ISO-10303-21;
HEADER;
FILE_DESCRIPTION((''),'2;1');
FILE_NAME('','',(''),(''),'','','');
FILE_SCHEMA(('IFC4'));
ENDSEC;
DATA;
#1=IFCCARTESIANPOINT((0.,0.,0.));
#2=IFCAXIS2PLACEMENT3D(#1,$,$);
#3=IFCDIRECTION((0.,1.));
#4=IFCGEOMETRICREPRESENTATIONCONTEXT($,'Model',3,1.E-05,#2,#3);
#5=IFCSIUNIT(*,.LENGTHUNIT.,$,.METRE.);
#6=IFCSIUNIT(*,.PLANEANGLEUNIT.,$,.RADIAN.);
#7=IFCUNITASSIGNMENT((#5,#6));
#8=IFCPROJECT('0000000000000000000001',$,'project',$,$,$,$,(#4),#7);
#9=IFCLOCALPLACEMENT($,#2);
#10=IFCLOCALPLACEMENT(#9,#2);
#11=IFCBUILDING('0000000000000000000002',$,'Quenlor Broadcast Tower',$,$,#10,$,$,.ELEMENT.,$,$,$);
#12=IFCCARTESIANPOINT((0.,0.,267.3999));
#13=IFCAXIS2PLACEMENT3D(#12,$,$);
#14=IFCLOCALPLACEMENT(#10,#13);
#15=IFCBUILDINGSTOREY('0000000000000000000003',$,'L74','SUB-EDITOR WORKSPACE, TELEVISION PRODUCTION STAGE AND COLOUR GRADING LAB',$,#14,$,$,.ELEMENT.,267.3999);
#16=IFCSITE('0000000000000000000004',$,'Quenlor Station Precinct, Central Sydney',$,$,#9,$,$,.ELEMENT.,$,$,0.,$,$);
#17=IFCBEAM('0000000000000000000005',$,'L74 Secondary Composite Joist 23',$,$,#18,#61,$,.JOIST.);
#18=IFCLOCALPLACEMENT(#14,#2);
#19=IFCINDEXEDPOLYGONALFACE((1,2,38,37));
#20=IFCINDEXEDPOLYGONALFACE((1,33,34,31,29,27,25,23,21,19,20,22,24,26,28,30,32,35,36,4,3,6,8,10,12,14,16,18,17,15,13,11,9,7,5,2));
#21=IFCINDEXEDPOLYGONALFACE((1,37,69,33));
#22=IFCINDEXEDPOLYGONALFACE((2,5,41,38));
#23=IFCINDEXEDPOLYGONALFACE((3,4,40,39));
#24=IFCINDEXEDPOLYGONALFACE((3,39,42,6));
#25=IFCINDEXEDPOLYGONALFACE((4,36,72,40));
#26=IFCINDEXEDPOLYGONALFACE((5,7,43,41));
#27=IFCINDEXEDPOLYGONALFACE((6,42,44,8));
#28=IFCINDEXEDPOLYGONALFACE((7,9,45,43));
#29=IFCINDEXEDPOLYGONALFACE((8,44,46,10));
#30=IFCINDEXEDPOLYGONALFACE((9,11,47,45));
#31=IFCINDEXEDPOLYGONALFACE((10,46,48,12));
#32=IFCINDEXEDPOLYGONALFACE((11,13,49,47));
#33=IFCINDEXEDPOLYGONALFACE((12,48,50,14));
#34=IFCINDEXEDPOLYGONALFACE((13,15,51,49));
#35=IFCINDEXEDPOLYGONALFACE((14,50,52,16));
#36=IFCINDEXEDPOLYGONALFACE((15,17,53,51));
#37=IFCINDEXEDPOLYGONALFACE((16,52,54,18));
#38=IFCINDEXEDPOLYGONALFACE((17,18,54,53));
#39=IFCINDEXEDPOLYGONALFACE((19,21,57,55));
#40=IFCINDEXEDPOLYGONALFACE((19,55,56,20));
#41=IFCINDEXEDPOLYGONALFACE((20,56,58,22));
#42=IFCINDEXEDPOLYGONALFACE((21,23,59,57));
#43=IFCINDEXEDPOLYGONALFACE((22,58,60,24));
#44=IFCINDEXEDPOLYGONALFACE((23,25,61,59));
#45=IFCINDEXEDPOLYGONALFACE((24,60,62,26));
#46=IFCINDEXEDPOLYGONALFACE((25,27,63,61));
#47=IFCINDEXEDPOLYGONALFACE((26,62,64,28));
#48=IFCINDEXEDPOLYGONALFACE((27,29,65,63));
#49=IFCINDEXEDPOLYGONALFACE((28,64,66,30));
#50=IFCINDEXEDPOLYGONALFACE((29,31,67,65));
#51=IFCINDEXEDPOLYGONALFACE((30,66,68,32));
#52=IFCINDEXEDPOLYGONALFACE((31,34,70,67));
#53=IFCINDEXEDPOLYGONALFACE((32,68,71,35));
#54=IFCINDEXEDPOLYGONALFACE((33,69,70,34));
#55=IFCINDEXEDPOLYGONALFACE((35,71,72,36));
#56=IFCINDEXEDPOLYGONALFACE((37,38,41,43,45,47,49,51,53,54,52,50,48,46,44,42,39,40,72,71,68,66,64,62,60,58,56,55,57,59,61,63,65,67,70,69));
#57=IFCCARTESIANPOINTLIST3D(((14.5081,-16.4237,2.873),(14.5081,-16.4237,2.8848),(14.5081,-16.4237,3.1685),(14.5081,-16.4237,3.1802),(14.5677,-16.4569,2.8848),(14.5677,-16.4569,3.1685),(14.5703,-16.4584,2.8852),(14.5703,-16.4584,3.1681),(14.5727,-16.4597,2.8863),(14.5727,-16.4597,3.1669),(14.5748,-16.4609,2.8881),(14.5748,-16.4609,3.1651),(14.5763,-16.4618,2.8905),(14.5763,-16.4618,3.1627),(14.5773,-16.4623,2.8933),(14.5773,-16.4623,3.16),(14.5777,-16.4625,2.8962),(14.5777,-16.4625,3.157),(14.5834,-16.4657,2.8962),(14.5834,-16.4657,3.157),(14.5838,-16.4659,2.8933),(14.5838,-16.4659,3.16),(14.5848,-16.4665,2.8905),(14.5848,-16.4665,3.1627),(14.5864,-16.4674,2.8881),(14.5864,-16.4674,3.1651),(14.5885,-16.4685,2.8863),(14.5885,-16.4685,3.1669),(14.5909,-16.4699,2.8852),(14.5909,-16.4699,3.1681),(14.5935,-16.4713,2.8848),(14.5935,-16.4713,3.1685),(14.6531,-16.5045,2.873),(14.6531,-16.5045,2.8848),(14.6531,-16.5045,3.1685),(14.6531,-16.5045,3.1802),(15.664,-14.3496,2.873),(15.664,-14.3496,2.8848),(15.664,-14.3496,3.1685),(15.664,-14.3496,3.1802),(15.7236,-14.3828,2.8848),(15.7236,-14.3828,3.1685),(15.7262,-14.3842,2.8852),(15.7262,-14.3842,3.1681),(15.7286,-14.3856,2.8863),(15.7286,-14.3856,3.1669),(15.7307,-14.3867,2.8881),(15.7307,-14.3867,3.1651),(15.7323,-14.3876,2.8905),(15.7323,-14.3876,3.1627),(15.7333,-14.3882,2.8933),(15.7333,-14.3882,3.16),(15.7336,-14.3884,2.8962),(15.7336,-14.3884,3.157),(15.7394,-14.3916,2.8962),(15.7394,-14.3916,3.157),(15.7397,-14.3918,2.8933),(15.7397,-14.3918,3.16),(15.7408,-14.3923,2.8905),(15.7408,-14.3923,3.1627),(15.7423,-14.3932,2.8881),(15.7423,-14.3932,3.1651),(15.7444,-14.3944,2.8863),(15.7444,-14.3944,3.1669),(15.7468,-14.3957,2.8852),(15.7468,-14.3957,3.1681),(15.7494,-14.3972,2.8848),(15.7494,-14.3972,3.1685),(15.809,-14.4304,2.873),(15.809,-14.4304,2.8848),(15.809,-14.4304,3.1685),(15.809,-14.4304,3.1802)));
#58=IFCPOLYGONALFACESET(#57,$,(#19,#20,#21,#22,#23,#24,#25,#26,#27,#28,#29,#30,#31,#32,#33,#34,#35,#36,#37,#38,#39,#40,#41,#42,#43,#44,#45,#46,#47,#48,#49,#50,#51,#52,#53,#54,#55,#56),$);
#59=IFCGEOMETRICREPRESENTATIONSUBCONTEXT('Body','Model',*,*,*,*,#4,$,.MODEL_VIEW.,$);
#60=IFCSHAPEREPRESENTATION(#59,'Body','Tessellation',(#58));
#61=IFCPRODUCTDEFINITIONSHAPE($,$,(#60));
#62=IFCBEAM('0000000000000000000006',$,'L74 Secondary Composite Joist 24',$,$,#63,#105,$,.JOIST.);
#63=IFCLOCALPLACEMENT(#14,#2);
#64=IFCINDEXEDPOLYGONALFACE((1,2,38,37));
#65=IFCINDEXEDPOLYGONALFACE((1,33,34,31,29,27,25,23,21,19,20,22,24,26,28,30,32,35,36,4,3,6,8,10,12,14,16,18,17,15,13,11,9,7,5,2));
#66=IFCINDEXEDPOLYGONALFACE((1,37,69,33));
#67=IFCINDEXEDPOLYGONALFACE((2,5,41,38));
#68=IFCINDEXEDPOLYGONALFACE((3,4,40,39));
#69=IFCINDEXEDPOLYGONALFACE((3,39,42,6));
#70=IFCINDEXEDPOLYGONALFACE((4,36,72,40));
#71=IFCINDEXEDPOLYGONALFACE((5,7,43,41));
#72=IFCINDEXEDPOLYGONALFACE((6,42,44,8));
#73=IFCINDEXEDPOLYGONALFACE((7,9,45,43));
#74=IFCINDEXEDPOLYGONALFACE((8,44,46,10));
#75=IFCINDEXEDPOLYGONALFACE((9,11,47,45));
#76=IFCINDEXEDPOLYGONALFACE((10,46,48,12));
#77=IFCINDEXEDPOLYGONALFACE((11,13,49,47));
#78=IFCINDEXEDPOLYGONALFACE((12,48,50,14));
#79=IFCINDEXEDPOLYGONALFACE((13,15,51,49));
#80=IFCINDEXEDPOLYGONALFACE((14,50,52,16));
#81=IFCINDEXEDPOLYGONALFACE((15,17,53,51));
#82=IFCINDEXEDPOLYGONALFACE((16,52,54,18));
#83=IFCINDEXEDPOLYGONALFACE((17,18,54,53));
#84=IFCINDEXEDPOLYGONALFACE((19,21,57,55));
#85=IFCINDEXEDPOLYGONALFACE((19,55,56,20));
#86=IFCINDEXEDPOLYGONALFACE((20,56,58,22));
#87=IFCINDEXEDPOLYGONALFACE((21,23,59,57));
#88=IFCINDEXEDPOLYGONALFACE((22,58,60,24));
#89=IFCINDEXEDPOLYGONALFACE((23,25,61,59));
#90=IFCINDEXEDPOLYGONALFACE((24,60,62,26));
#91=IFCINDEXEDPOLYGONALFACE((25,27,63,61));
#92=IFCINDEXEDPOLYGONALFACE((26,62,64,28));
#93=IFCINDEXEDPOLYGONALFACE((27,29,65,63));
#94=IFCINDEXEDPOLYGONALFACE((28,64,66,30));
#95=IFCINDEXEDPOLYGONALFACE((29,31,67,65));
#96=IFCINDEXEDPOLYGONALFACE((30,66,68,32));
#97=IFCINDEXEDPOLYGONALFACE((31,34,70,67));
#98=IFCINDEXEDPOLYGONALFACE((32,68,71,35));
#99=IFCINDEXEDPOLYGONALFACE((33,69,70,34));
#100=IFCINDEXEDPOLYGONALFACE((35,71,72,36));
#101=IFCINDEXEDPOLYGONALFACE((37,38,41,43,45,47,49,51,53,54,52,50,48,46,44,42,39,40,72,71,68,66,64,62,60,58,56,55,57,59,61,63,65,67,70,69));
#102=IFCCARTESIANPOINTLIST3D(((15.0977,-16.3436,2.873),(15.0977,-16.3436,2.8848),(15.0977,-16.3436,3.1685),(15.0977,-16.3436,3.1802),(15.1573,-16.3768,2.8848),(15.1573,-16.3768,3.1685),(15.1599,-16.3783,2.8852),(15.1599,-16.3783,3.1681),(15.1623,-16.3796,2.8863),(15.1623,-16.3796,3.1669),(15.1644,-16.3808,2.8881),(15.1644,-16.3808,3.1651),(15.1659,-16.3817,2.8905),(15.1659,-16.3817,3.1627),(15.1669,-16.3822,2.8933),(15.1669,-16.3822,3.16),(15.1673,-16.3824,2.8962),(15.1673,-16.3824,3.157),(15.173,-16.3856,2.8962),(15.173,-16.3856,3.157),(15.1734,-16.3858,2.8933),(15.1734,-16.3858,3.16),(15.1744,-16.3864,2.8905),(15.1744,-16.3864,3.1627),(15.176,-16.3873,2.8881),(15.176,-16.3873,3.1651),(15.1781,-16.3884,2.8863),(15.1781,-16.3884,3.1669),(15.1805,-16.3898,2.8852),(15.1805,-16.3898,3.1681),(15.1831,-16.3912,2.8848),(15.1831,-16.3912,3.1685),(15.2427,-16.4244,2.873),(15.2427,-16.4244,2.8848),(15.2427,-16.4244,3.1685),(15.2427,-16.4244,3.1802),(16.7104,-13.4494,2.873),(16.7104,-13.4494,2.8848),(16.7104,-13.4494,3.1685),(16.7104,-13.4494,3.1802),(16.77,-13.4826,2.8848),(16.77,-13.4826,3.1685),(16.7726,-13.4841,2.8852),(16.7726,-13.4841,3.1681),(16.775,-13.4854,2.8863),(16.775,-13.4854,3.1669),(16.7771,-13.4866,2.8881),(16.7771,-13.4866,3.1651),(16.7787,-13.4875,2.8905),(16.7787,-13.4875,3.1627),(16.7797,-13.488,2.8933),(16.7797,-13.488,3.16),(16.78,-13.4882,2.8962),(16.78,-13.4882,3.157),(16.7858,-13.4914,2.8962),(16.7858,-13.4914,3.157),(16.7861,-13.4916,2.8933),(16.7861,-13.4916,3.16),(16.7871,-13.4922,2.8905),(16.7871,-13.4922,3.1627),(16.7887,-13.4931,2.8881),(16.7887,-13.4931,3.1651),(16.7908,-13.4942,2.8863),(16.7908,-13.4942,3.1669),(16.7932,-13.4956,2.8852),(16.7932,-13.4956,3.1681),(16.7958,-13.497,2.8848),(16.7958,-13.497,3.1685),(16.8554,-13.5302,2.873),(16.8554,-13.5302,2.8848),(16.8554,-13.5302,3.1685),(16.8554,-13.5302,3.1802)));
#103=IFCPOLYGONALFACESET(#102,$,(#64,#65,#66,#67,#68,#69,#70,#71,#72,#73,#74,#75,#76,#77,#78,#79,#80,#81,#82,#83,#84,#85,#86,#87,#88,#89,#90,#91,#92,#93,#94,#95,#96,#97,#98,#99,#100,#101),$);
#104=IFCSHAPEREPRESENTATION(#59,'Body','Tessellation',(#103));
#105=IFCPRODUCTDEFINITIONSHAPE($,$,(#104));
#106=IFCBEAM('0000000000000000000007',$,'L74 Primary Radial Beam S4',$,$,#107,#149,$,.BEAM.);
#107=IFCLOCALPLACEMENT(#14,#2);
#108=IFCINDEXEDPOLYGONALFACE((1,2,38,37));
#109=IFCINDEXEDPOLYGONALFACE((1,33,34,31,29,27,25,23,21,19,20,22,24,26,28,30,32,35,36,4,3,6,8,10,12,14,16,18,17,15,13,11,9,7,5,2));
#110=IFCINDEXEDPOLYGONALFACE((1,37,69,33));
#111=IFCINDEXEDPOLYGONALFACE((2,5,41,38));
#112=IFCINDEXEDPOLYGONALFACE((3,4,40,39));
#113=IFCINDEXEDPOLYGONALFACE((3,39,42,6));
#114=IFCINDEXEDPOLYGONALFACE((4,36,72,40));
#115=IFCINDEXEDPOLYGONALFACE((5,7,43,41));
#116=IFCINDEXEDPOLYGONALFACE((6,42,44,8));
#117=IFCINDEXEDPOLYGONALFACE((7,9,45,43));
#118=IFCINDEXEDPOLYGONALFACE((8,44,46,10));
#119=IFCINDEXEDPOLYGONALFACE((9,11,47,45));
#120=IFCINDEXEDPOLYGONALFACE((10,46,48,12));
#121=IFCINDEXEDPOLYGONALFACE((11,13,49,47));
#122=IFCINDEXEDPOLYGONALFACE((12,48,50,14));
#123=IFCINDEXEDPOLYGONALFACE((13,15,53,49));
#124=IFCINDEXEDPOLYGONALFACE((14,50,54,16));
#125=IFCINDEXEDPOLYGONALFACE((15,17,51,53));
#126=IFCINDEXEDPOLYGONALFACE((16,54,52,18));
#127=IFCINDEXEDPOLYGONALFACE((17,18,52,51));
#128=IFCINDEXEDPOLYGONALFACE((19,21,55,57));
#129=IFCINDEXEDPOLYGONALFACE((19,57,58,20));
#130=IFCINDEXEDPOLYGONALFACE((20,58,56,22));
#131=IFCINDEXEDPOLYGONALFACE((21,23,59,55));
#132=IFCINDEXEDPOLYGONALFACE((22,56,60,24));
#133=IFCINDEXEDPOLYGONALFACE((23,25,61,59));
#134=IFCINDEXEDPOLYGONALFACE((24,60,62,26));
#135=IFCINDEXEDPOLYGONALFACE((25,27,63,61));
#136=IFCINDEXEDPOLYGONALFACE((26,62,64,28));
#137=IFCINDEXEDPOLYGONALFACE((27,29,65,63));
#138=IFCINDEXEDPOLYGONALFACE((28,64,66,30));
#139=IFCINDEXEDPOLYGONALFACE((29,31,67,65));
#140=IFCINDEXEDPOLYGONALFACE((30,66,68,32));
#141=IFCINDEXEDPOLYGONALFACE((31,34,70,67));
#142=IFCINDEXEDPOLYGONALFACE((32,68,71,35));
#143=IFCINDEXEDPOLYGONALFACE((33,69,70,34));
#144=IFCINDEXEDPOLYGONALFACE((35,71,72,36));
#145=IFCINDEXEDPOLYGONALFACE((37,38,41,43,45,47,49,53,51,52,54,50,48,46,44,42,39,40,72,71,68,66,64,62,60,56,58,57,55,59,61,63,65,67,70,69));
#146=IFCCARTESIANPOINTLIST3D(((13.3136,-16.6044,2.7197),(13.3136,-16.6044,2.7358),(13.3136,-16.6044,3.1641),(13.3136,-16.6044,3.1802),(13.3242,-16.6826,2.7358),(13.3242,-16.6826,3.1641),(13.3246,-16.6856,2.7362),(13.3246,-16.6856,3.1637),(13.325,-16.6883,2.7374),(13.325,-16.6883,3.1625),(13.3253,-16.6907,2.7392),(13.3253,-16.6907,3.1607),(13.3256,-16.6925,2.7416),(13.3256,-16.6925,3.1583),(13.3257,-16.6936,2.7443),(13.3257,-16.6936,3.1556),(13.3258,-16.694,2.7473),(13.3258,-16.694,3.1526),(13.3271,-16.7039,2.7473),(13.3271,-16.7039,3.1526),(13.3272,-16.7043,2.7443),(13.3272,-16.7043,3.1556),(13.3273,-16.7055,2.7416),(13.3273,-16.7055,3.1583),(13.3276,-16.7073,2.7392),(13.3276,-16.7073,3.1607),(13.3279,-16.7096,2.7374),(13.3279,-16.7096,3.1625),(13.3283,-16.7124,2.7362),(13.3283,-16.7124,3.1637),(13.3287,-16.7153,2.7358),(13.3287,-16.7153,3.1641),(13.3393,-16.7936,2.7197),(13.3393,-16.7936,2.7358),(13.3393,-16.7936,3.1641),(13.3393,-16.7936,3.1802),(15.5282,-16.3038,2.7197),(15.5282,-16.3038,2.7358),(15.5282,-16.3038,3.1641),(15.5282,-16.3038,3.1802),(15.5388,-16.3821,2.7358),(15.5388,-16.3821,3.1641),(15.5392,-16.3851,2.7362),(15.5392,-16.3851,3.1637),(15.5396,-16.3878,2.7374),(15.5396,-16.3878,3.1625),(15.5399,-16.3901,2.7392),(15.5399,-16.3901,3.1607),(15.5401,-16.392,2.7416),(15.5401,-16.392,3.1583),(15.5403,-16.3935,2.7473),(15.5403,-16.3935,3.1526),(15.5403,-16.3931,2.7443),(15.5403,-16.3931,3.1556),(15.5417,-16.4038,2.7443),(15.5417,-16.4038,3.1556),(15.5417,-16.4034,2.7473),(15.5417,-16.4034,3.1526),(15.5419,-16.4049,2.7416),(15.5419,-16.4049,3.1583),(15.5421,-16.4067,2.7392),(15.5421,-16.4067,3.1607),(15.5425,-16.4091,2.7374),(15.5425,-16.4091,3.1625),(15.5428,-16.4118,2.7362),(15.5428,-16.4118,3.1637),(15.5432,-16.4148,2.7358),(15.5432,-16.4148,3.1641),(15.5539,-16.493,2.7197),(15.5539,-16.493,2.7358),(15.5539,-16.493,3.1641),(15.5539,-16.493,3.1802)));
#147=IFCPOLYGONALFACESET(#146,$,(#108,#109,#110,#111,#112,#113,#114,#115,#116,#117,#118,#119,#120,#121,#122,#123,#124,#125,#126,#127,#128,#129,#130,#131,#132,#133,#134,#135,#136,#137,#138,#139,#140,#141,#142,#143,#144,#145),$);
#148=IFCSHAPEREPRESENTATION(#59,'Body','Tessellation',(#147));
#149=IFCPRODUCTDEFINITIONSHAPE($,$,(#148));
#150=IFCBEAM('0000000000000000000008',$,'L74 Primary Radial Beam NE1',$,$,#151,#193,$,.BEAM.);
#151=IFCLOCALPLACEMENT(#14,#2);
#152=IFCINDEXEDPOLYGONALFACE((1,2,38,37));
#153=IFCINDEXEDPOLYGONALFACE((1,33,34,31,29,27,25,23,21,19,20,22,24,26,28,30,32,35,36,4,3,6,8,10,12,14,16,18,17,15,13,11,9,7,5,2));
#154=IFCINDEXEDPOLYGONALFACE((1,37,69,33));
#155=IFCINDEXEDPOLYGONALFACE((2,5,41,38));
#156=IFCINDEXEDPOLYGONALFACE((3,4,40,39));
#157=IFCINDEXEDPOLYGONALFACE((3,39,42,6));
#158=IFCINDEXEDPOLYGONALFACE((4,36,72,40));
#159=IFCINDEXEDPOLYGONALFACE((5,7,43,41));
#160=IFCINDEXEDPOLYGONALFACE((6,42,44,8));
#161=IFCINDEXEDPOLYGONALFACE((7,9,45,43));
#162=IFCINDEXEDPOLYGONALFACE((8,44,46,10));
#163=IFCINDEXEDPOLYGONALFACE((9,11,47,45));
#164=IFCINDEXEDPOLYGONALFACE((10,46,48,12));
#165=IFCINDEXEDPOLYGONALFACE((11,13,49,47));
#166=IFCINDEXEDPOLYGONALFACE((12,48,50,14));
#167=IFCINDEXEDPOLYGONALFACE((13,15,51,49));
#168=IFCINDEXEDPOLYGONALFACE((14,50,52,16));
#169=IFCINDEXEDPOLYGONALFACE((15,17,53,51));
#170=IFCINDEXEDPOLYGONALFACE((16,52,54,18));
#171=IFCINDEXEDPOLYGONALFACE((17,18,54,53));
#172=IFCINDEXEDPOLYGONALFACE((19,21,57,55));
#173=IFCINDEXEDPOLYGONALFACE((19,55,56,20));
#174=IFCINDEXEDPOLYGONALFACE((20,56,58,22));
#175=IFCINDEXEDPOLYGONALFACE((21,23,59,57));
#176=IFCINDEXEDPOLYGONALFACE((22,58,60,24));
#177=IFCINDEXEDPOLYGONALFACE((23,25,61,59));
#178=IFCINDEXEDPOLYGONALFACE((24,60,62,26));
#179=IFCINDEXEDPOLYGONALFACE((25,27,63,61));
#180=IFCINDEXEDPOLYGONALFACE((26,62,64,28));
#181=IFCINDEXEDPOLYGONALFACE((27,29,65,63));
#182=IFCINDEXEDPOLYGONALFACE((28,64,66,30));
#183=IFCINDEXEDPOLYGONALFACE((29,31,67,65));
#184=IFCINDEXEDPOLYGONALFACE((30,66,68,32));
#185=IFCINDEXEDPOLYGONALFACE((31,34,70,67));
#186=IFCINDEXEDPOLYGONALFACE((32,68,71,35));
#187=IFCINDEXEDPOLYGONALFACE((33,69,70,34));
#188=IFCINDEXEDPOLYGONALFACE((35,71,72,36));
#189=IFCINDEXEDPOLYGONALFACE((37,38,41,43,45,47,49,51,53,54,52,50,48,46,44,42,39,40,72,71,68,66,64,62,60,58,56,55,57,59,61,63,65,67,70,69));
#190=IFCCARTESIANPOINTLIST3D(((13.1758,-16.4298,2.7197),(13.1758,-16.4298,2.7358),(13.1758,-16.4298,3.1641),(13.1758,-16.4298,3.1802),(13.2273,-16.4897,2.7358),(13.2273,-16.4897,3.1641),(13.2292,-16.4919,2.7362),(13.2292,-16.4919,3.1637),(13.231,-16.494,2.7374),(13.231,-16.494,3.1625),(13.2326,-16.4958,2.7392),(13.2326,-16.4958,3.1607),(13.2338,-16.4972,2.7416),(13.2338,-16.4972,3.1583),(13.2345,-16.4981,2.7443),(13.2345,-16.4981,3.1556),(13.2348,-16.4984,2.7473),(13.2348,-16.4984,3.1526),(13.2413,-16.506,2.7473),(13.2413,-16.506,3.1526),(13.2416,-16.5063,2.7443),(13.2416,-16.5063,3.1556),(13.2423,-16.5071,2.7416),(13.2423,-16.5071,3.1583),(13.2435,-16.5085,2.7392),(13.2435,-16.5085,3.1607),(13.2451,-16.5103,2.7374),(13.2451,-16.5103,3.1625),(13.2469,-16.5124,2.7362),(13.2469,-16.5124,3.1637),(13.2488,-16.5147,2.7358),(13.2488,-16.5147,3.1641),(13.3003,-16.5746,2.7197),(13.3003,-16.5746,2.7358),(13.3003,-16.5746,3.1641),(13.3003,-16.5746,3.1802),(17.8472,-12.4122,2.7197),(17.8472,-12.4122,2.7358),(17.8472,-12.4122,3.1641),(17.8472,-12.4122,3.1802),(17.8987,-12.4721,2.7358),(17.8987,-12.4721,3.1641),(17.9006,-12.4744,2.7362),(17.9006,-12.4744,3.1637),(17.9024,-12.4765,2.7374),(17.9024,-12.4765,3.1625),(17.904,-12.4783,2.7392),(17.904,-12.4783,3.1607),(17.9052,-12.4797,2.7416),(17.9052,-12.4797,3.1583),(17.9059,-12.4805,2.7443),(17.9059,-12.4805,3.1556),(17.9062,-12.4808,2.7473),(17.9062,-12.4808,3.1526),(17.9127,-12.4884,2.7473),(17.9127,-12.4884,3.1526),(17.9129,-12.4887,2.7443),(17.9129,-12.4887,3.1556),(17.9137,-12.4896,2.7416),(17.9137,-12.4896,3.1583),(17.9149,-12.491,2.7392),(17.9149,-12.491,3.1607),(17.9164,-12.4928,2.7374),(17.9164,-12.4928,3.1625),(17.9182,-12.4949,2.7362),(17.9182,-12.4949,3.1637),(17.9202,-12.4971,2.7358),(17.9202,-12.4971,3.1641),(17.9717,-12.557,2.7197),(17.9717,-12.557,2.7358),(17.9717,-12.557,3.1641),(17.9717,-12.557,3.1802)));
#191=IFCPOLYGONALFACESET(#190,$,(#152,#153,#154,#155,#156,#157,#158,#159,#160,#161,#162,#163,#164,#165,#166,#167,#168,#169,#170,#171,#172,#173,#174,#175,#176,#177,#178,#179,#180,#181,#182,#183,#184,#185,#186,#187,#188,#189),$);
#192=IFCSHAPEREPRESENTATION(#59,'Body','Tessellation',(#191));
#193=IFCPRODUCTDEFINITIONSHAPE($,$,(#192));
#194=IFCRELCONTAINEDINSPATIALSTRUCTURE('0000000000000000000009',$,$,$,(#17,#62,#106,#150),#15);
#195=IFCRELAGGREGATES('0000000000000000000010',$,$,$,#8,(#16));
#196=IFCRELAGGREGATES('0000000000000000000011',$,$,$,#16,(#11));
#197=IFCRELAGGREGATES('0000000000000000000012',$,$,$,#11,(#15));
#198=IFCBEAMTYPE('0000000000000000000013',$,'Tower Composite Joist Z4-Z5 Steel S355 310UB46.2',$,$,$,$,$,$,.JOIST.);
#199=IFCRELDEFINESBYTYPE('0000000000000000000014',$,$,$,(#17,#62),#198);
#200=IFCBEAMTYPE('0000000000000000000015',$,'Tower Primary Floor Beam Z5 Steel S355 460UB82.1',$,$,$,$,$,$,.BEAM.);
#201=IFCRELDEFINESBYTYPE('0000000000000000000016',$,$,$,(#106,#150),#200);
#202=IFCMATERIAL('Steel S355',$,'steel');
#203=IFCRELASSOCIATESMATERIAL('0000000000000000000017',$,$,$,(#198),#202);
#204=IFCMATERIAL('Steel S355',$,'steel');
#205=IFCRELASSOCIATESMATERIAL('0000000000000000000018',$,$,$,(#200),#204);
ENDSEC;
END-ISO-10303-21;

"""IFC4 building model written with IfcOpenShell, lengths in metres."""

from ifc_helpers import new_model, si_unit, direction, frame, origin, origin_2d, place, context, subcontext, project, spatial, i_section, extrude, material, material_profile, profile_set, type_object, element, save


model = new_model("IFC4")

# Units and contexts
model_context = context("Model", 3, precision=1e-05, world=origin(), true_north=direction((0.0, 1.0)))
body_context = subcontext(model_context, "Body", "Model", "MODEL_VIEW")
ifc_project = project(units=[si_unit("LENGTHUNIT", "METRE"), si_unit("PLANEANGLEUNIT", "RADIAN")], contexts=[model_context])

# Site, building, storey
site_placement = place(None, origin())
site = spatial("IfcSite", under=ifc_project, at=site_placement, Name="Quenlor Station Precinct, Central Sydney", CompositionType="ELEMENT", RefElevation=0.0)
building_placement = place(site_placement, origin())
building = spatial("IfcBuilding", under=site, at=building_placement, Name="Quenlor Broadcast Tower", CompositionType="ELEMENT")
storey_placement = place(building_placement, frame((0.0, 0.0, 267.3999)))
storey = spatial("IfcBuildingStorey", under=building, at=storey_placement, Name="L74", Description="SUB-EDITOR WORKSPACE, TELEVISION PRODUCTION STAGE AND COLOUR GRADING LAB", CompositionType="ELEMENT", Elevation=267.3999)

# Beams
ifc_material_1 = material(Name="Steel S355", Category="steel")
ifc_material_profile_1 = material_profile(ifc_material_1, i_section(OverallWidth=0.166, OverallDepth=0.3071, WebThickness=0.0066, FlangeThickness=0.0117, FilletRadius=0.0115, at=origin_2d()))
ifc_profile_set_1 = profile_set([ifc_material_profile_1], Name="Steel S355 310UB46.2")
beam_type_1 = type_object("IfcBeamType", Name="Tower Composite Joist Z4-Z5 Steel S355 310UB46.2", PredefinedType="JOIST", material=ifc_profile_set_1)
beam_1_placement = place(storey_placement, frame((14.5806, -16.4641, 3.0266), z_axis=(0.486821, 0.873502, 0.0), x_axis=(-0.873502, 0.486821, 0.0)))
element("IfcBeam", 1, at=beam_1_placement, inside=storey, type_object=beam_type_1, Name="L74 Secondary Composite Joist 23", PredefinedType="JOIST", context=body_context, shape_type="SweptSolid", body=[
    extrude(i_section(OverallWidth=0.166, OverallDepth=0.3071, WebThickness=0.0066, FlangeThickness=0.0117, FilletRadius=0.0115, at=origin_2d()), origin(), (0.0, 0.0, 1.0), 2.3745),
])
beam_2_placement = place(storey_placement, frame((15.1702, -16.384, 3.0266), z_axis=(0.486762, 0.873534, 0.0), x_axis=(-0.873534, 0.486762, 0.0)))
element("IfcBeam", 2, at=beam_2_placement, inside=storey, type_object=beam_type_1, Name="L74 Secondary Composite Joist 24", PredefinedType="JOIST", context=body_context, shape_type="SweptSolid", body=[
    extrude(i_section(OverallWidth=0.166, OverallDepth=0.3071, WebThickness=0.0066, FlangeThickness=0.0117, FilletRadius=0.0115, at=origin_2d()), origin(), (0.0, 0.0, 1.0), 3.3132),
])
ifc_material_2 = material(Name="Steel S355", Category="steel")
ifc_material_profile_2 = material_profile(ifc_material_2, i_section(OverallWidth=0.1909, OverallDepth=0.4604, WebThickness=0.01, FlangeThickness=0.0161, FilletRadius=0.0115, at=origin_2d()))
ifc_profile_set_2 = profile_set([ifc_material_profile_2], Name="Steel S355 460UB82.1")
beam_type_2 = type_object("IfcBeamType", Name="Tower Primary Floor Beam Z5 Steel S355 460UB82.1", PredefinedType="BEAM", material=ifc_profile_set_2)
beam_3_placement = place(storey_placement, frame((15.541, -16.3984, 2.95), z_axis=(-0.990917, -0.134475, 0.0), x_axis=(0.134475, -0.990917, 0.0)))
element("IfcBeam", 3, at=beam_3_placement, inside=storey, type_object=beam_type_2, Name="L74 Primary Radial Beam S4", PredefinedType="BEAM", context=body_context, shape_type="SweptSolid", body=[
    extrude(i_section(OverallWidth=0.1909, OverallDepth=0.4604, WebThickness=0.01, FlangeThickness=0.0161, FilletRadius=0.0115, at=origin_2d()), origin(), (0.0, 0.0, 1.0), 2.2349),
])
beam_4_placement = place(storey_placement, frame((17.9094, -12.4846, 2.95), z_axis=(-0.75817, -0.652057, 0.0), x_axis=(0.652057, -0.75817, 0.0)))
element("IfcBeam", 4, at=beam_4_placement, inside=storey, type_object=beam_type_2, Name="L74 Primary Radial Beam NE1", PredefinedType="BEAM", context=body_context, shape_type="SweptSolid", body=[
    extrude(i_section(OverallWidth=0.1909, OverallDepth=0.4604, WebThickness=0.01, FlangeThickness=0.0161, FilletRadius=0.0115, at=origin_2d()), origin(), (0.0, 0.0, 1.0), 6.1614),
])

save(model, "model.ifc")
